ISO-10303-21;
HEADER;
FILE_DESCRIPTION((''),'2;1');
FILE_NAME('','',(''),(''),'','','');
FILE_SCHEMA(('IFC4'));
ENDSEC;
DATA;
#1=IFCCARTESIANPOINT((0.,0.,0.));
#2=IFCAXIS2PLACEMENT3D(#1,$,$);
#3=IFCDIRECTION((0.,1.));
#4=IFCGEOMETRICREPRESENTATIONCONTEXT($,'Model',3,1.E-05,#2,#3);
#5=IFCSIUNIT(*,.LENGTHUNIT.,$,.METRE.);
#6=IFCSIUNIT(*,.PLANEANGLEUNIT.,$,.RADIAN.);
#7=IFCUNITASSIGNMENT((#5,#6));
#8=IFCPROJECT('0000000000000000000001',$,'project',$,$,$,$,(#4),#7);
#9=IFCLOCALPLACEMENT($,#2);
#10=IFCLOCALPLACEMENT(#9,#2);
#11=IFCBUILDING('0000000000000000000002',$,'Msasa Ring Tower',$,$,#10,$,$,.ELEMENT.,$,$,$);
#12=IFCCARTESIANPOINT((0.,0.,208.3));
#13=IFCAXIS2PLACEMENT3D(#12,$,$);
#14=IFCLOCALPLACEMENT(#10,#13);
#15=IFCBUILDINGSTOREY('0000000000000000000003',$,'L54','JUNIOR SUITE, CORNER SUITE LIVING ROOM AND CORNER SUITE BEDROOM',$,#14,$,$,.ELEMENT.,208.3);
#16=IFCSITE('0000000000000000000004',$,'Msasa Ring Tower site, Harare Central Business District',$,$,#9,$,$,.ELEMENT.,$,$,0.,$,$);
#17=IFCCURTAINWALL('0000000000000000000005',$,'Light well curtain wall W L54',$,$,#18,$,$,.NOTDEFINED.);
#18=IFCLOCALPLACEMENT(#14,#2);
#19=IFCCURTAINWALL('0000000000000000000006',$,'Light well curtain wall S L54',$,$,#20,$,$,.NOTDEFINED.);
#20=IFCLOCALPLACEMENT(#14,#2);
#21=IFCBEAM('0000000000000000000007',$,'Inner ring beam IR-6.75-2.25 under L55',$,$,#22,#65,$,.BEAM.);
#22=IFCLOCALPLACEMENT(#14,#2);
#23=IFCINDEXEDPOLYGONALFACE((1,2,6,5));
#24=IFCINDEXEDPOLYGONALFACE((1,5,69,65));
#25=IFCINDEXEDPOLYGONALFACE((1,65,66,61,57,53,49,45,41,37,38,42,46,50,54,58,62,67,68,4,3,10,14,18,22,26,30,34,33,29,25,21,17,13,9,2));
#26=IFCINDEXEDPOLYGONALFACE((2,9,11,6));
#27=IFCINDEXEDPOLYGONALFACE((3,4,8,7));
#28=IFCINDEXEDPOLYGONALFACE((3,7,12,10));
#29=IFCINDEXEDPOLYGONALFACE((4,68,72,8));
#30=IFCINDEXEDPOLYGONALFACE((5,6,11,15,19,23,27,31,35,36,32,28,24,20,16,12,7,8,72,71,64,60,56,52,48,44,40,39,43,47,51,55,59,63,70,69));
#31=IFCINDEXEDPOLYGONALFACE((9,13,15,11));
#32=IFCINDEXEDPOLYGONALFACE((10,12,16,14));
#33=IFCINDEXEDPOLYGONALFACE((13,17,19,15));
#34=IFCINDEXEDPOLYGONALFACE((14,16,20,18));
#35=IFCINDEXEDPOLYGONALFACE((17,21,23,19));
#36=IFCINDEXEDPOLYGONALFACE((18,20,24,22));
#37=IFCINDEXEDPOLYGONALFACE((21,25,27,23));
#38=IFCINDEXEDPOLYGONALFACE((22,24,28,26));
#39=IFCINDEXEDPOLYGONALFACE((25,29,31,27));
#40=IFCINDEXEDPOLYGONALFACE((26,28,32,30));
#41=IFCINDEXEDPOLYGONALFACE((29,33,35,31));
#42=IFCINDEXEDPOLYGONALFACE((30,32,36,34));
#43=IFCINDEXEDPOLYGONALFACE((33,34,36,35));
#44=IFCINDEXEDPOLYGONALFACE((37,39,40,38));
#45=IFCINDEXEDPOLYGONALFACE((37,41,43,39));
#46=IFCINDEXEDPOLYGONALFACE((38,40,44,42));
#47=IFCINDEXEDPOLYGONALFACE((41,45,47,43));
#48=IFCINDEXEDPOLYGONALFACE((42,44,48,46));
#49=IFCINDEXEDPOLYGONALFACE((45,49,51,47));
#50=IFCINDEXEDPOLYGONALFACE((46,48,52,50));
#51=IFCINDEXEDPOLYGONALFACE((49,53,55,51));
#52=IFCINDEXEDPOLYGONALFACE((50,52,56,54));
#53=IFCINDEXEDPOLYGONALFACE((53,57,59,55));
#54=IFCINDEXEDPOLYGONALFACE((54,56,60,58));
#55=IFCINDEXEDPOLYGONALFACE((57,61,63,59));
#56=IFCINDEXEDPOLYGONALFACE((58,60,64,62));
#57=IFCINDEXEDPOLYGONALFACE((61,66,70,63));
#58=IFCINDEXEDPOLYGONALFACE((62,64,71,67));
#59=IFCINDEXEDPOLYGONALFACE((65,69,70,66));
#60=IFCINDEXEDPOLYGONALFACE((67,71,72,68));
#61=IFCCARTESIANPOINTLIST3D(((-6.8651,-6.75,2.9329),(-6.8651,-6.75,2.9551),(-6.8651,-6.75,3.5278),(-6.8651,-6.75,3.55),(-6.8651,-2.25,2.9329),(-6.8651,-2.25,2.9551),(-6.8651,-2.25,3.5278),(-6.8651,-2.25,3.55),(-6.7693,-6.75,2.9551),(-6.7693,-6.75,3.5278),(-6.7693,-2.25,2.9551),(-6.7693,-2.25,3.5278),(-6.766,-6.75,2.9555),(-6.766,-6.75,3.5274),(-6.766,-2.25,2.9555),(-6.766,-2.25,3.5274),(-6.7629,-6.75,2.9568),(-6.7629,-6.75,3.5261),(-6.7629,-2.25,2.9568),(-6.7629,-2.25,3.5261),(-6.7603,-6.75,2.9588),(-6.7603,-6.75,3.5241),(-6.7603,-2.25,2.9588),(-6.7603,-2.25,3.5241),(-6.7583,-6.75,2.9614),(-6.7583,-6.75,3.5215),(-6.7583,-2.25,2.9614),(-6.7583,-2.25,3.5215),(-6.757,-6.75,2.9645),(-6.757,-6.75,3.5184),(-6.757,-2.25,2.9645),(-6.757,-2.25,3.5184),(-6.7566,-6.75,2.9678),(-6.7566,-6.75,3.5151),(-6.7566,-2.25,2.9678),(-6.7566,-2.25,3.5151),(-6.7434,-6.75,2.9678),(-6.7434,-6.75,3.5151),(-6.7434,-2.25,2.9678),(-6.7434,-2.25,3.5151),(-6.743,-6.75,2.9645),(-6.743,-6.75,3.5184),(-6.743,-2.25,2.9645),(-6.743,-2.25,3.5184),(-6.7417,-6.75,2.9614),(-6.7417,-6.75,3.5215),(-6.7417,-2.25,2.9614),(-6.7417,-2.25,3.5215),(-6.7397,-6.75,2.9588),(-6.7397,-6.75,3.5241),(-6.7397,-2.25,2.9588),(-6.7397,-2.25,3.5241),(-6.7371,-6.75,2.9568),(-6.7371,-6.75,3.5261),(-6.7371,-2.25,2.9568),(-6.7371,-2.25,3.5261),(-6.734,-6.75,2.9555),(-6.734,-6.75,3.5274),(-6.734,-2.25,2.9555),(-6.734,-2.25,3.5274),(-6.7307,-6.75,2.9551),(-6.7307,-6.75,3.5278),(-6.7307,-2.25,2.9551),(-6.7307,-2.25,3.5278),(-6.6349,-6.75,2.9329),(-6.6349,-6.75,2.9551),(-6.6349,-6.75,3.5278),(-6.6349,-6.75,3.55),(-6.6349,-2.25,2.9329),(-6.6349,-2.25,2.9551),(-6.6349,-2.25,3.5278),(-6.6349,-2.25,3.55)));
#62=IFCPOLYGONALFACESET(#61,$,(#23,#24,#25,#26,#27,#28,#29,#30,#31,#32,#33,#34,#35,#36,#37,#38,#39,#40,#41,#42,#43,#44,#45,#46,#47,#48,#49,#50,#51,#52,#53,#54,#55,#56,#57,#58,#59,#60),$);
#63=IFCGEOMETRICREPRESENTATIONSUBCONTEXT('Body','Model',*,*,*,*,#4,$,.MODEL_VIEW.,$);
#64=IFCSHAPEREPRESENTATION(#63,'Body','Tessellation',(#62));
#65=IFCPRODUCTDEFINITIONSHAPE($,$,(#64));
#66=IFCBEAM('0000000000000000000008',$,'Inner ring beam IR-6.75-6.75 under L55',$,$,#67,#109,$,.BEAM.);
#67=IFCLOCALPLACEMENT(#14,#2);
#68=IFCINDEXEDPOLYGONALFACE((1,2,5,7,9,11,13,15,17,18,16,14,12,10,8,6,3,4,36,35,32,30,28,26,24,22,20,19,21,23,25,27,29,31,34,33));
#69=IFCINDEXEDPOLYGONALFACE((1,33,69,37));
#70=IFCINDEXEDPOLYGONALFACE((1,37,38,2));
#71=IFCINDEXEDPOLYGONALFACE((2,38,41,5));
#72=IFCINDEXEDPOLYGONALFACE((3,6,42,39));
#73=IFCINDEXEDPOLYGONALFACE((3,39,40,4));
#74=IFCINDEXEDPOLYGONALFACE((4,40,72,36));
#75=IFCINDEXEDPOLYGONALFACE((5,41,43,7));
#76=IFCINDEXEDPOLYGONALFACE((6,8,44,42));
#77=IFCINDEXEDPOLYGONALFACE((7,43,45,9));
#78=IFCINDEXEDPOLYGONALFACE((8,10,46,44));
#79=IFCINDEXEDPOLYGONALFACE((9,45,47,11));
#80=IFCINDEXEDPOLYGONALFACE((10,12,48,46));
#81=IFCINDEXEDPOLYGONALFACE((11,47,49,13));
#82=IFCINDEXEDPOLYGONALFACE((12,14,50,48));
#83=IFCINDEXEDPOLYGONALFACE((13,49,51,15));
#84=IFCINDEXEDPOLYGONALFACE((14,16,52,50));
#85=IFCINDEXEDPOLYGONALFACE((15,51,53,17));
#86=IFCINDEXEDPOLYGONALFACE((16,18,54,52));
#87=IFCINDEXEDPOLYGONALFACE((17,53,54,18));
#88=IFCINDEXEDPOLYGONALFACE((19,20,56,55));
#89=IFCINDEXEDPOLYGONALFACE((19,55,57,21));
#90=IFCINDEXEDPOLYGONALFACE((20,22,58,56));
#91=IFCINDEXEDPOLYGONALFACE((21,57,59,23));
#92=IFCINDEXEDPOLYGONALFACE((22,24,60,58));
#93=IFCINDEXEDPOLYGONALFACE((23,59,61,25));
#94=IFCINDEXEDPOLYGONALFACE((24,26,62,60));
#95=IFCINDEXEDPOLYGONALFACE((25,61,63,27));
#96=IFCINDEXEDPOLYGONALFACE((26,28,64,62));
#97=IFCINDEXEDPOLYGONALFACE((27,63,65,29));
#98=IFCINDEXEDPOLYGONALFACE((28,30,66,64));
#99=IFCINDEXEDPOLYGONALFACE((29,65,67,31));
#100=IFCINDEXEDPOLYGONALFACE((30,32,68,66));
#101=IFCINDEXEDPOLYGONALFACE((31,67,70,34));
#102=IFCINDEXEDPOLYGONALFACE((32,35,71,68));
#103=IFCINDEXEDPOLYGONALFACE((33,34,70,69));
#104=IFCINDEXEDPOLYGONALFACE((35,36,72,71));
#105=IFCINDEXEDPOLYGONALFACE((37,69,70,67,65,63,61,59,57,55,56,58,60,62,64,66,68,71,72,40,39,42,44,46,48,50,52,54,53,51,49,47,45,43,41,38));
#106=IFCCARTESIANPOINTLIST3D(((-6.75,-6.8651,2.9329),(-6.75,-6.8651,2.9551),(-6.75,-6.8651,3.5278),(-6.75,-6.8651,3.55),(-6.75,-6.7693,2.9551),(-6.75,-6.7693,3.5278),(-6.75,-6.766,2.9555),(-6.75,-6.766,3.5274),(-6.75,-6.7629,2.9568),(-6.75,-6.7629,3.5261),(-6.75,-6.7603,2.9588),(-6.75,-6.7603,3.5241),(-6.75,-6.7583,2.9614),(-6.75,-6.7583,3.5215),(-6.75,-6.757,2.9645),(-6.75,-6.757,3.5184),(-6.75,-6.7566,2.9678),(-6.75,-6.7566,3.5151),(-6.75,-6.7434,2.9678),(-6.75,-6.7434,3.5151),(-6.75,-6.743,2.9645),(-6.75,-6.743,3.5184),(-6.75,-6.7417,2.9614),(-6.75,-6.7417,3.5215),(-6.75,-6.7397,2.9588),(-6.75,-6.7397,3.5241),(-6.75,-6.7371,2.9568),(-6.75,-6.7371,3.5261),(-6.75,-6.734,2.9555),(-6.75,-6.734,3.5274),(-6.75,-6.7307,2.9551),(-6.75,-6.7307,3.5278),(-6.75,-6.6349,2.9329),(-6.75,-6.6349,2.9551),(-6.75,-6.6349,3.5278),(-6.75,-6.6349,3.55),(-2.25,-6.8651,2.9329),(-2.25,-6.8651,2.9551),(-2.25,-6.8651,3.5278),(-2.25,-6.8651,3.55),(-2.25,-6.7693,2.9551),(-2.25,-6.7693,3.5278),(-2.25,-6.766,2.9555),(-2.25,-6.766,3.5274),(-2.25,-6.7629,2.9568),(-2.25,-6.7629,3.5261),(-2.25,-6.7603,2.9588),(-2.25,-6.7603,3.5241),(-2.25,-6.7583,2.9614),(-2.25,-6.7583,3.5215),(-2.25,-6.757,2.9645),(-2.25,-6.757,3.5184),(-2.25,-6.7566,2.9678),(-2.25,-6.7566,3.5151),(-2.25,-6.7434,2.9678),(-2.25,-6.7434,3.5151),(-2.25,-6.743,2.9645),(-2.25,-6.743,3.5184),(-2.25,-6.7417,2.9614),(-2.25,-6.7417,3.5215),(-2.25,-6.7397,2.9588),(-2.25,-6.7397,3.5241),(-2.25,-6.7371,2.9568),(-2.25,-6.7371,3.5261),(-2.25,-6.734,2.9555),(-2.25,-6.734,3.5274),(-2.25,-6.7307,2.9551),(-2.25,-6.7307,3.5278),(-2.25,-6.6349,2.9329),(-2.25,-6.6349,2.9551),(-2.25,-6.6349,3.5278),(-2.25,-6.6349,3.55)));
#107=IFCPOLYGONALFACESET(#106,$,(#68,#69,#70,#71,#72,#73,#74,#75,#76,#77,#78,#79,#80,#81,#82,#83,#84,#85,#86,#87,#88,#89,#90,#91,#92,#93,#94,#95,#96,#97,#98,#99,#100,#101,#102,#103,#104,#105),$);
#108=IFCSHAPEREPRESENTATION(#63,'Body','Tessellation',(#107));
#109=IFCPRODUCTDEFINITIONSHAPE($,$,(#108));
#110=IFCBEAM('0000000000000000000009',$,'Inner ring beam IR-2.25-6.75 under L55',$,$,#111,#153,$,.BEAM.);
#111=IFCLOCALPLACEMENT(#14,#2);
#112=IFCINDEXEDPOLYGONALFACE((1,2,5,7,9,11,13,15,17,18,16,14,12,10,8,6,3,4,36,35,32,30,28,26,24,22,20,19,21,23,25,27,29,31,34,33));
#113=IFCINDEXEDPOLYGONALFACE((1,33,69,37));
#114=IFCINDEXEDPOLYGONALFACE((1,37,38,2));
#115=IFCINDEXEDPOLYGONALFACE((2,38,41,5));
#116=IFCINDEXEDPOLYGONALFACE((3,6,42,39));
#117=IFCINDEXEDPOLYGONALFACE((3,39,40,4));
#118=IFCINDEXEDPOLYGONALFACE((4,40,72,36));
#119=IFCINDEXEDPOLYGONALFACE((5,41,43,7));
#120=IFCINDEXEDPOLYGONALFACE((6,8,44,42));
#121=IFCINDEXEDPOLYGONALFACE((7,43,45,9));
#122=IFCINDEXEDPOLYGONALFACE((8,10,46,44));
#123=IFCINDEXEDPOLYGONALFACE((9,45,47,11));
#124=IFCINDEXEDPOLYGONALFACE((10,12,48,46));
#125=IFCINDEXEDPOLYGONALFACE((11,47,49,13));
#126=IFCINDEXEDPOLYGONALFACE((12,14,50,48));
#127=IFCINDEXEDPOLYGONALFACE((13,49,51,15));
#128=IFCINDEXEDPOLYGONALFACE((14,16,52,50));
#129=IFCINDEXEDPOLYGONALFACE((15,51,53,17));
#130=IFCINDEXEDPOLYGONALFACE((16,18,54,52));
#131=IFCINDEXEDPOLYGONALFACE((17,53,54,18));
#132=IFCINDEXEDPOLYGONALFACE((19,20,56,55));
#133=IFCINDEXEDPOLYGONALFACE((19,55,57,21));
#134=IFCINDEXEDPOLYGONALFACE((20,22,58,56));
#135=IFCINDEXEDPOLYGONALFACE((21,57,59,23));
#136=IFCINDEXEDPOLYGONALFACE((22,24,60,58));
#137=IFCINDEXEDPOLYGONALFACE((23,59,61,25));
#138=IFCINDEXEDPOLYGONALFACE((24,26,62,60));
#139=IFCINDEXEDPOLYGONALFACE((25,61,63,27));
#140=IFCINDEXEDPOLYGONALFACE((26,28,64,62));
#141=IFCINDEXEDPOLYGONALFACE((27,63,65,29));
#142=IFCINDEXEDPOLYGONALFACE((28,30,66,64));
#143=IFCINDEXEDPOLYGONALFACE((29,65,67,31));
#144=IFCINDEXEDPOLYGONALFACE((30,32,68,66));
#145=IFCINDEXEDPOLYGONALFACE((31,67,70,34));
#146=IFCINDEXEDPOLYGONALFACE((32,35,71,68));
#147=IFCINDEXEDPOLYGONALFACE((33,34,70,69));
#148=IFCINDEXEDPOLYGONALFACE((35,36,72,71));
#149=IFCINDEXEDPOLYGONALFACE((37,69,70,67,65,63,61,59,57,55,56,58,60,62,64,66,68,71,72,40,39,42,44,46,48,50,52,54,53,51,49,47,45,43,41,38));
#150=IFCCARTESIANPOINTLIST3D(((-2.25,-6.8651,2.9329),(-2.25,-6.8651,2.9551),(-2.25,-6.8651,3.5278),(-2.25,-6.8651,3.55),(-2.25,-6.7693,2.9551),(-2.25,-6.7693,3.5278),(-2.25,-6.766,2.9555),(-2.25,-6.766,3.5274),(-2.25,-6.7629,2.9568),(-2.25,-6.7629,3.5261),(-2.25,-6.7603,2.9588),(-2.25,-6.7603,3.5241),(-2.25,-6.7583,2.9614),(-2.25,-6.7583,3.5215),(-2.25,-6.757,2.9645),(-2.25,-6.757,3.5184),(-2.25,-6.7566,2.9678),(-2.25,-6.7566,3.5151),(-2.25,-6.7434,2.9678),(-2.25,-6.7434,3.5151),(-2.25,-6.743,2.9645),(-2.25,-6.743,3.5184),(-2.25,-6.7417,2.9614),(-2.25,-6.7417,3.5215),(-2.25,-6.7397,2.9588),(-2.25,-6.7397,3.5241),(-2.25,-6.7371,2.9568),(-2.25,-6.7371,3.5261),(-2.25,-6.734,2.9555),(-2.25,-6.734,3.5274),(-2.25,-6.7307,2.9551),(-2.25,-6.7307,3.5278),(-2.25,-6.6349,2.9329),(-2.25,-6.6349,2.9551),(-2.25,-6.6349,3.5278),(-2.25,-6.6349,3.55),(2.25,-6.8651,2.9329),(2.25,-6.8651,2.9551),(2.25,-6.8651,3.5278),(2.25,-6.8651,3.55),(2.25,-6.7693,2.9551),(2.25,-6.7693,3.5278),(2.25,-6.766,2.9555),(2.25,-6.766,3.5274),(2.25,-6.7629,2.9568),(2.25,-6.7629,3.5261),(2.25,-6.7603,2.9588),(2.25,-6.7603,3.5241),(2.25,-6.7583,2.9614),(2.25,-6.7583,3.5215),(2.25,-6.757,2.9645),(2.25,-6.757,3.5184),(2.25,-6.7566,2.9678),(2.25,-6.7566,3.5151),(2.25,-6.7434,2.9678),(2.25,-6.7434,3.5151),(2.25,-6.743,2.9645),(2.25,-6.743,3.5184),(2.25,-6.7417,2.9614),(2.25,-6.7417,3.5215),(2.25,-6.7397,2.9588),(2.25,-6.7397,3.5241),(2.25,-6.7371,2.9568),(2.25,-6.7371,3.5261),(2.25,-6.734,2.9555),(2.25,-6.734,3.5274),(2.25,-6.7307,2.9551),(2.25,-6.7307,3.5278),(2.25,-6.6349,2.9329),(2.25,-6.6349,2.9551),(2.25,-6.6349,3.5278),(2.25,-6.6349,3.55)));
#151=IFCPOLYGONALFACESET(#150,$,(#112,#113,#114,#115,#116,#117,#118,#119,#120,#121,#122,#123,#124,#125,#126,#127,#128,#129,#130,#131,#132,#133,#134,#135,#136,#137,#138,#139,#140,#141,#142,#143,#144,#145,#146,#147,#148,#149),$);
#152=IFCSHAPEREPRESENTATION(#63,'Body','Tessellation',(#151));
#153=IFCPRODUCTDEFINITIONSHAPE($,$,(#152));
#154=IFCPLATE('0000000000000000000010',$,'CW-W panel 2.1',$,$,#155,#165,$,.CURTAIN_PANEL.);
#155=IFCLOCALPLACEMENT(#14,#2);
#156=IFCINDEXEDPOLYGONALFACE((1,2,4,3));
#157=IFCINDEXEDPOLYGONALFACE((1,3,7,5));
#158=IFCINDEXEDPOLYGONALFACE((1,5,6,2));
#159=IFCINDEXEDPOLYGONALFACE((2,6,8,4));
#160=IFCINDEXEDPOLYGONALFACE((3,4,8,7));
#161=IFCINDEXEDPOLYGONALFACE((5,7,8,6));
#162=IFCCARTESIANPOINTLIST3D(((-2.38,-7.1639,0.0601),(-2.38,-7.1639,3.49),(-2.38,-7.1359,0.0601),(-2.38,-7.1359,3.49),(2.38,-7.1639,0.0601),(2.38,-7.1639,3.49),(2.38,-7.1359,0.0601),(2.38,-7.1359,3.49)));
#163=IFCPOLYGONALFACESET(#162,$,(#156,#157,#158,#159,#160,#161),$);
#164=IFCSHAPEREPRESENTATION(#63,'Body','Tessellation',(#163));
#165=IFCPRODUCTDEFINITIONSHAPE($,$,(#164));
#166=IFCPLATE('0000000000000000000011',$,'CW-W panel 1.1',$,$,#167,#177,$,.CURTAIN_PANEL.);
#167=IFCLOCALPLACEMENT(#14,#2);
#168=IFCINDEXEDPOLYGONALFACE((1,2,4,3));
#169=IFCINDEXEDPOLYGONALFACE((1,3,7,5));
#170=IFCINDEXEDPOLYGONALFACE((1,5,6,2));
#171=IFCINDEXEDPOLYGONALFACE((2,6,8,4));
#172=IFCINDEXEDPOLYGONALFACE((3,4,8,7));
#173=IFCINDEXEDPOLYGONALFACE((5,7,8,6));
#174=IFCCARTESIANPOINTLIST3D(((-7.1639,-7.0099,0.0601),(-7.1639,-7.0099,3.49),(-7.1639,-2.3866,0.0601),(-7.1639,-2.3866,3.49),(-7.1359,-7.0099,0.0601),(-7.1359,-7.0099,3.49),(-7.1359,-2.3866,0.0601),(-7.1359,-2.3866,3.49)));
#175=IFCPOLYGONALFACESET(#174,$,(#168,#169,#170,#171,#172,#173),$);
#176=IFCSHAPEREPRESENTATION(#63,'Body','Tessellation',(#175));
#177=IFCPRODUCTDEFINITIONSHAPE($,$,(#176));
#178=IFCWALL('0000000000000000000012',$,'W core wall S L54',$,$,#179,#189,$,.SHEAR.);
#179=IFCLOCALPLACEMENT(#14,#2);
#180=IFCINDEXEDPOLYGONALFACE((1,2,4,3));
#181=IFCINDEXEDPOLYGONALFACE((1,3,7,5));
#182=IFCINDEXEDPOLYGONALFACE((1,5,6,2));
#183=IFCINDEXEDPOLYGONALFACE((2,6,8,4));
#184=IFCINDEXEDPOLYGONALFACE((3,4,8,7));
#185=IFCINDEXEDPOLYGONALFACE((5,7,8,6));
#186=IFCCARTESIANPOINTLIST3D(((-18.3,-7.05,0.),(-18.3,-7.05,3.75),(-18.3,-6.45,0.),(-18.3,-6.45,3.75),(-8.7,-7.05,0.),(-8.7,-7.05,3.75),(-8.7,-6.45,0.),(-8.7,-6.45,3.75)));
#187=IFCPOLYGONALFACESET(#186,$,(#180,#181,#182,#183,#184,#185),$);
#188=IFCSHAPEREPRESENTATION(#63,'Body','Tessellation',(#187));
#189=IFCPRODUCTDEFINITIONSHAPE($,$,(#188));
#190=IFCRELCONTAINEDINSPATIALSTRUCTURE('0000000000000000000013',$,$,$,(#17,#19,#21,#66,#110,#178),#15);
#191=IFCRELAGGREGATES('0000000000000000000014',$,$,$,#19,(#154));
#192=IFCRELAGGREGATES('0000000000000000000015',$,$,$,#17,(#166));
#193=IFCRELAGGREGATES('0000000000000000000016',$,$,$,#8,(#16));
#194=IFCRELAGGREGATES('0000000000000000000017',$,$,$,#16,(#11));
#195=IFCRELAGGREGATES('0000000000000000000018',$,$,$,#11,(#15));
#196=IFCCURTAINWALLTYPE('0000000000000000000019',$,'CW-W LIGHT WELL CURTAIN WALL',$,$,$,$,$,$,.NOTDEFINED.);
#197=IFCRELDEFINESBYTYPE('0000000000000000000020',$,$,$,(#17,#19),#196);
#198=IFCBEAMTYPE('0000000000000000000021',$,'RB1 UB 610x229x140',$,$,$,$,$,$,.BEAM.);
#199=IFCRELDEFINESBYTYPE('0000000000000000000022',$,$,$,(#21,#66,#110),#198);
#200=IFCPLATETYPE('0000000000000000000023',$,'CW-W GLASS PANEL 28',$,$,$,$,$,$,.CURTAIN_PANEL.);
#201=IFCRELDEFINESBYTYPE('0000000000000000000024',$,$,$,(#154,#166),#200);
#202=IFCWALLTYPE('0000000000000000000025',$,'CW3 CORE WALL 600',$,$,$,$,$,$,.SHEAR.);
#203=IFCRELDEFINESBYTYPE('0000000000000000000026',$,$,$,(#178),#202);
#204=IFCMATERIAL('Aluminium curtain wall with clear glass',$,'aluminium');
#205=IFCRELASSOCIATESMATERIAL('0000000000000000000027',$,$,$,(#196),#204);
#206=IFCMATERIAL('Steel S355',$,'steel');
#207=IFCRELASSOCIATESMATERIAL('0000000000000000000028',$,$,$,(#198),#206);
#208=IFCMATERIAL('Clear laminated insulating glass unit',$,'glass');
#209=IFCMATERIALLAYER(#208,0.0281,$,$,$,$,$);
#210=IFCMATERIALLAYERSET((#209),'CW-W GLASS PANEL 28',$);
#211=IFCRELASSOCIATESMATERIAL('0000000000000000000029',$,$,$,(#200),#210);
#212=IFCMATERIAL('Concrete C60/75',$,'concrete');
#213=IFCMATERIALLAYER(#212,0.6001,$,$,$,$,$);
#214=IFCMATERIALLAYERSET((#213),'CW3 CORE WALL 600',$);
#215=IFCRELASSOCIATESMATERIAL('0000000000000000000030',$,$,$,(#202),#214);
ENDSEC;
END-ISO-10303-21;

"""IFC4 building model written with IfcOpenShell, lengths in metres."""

from ifc_helpers import new_model, si_unit, direction, frame, frame_2d, origin, origin_2d, place, context, subcontext, project, spatial, rectangle, i_section, extrude, material, layer, layer_set, material_profile, profile_set, type_object, element, aggregate, save


model = new_model("IFC4")

# Units and contexts
model_context = context("Model", 3, precision=1e-05, world=origin(), true_north=direction((0.0, 1.0)))
body_context = subcontext(model_context, "Body", "Model", "MODEL_VIEW")
ifc_project = project(units=[si_unit("LENGTHUNIT", "METRE"), si_unit("PLANEANGLEUNIT", "RADIAN")], contexts=[model_context])

# Site, building, storey
site_placement = place(None, origin())
site = spatial("IfcSite", under=ifc_project, at=site_placement, Name="Msasa Ring Tower site, Harare Central Business District", CompositionType="ELEMENT", RefElevation=0.0)
building_placement = place(site_placement, origin())
building = spatial("IfcBuilding", under=site, at=building_placement, Name="Msasa Ring Tower", CompositionType="ELEMENT")
storey_placement = place(building_placement, frame((0.0, 0.0, 208.3)))
storey = spatial("IfcBuildingStorey", under=building, at=storey_placement, Name="L54", Description="JUNIOR SUITE, CORNER SUITE LIVING ROOM AND CORNER SUITE BEDROOM", CompositionType="ELEMENT", Elevation=208.3)

# Curtain walls
ifc_material_1 = material(Name="Aluminium curtain wall with clear glass", Category="aluminium")
curtain_wall_type = type_object("IfcCurtainWallType", Name="CW-W LIGHT WELL CURTAIN WALL", PredefinedType="NOTDEFINED", material=ifc_material_1)
curtain_wall_1_placement = place(storey_placement, origin())
curtain_wall_1 = element("IfcCurtainWall", 1, at=curtain_wall_1_placement, inside=storey, type_object=curtain_wall_type, Name="Light well curtain wall W L54", PredefinedType="NOTDEFINED")
curtain_wall_2_placement = place(storey_placement, origin())
curtain_wall_2 = element("IfcCurtainWall", 2, at=curtain_wall_2_placement, inside=storey, type_object=curtain_wall_type, Name="Light well curtain wall S L54", PredefinedType="NOTDEFINED")

# Beams
ifc_material_2 = material(Name="Steel S355", Category="steel")
ifc_material_profile_1 = material_profile(ifc_material_2, i_section(OverallWidth=0.2302, OverallDepth=0.6172, WebThickness=0.0132, FlangeThickness=0.0222, FilletRadius=0.0127, at=origin_2d()), Name="UB 610x229x140")
ifc_profile_set_1 = profile_set([ifc_material_profile_1], Name="Steel S355")
beam_type = type_object("IfcBeamType", Name="RB1 UB 610x229x140", PredefinedType="BEAM", material=ifc_profile_set_1)
for number, where, z_axis, x_axis, name in (
    (3, (-6.75, -2.25, 3.2415), (0.0, -1.0, 0.0), (1.0, 0.0, 0.0), "Inner ring beam IR-6.75-2.25 under L55"),
    (4, (-6.75, -6.75, 3.2415), (1.0, 0.0, 0.0), (0.0, 1.0, 0.0), "Inner ring beam IR-6.75-6.75 under L55"),
    (5, (-2.25, -6.75, 3.2415), (1.0, 0.0, 0.0), (0.0, 1.0, 0.0), "Inner ring beam IR-2.25-6.75 under L55"),
):
    element("IfcBeam", number, at=place(storey_placement, frame(where, z_axis=z_axis, x_axis=x_axis)), inside=storey, type_object=beam_type, Name=name, PredefinedType="BEAM", context=body_context, shape_type="SweptSolid", body=[
        extrude(i_section(OverallWidth=0.2302, OverallDepth=0.6172, WebThickness=0.0132, FlangeThickness=0.0222, FilletRadius=0.0127, at=origin_2d()), origin(), (0.0, 0.0, 1.0), 4.5),
    ])

# Plates
ifc_material_3 = material(Name="Clear laminated insulating glass unit", Category="glass")
ifc_layer_1 = layer(ifc_material_3, 0.0281)
ifc_layer_set_1 = layer_set([ifc_layer_1], Name="CW-W GLASS PANEL 28")
plate_type = type_object("IfcPlateType", Name="CW-W GLASS PANEL 28", PredefinedType="CURTAIN_PANEL", material=ifc_layer_set_1)
plate_1_placement = place(storey_placement, frame((0.0, -7.1499, 0.0601), z_axis=(0.0, 0.0, 1.0), x_axis=(1.0, 0.0, 0.0)))
plate_1 = element("IfcPlate", 6, at=plate_1_placement, type_object=plate_type, Name="CW-W panel 2.1", PredefinedType="CURTAIN_PANEL", context=body_context, shape_type="SweptSolid", body=[
    extrude(rectangle(XDim=4.76, YDim=0.0281, at=origin_2d()), origin(), (0.0, 0.0, 1.0), 3.4299),
])
aggregate(curtain_wall_2, [plate_1])
plate_2_placement = place(storey_placement, frame((-7.1499, -4.6982, 0.0601), z_axis=(0.0, 0.0, 1.0), x_axis=(0.0, 1.0, 0.0)))
plate_2 = element("IfcPlate", 7, at=plate_2_placement, type_object=plate_type, Name="CW-W panel 1.1", PredefinedType="CURTAIN_PANEL", context=body_context, shape_type="SweptSolid", body=[
    extrude(rectangle(XDim=4.6233, YDim=0.0281, at=origin_2d()), origin(), (0.0, 0.0, 1.0), 3.4299),
])
aggregate(curtain_wall_1, [plate_2])

# Wall
ifc_material_4 = material(Name="Concrete C60/75", Category="concrete")
ifc_layer_2 = layer(ifc_material_4, 0.6001)
ifc_layer_set_2 = layer_set([ifc_layer_2], Name="CW3 CORE WALL 600")
wall_type_1 = type_object("IfcWallType", Name="CW3 CORE WALL 600", PredefinedType="SHEAR", material=ifc_layer_set_2)
wall_1_placement = place(storey_placement, frame((-8.7, -6.75, 0.0), z_axis=(0.0, 0.0, 1.0), x_axis=(-1.0, 0.0, 0.0)))
element("IfcWall", 8, at=wall_1_placement, inside=storey, type_object=wall_type_1, Name="W core wall S L54", PredefinedType="SHEAR", context=body_context, shape_type="SweptSolid", body=[
    extrude(rectangle(XDim=9.6001, YDim=0.6001, at=frame_2d((4.8, 0.0))), origin(), (0.0, 0.0, 1.0), 3.75),
])

save(model, "model.ifc")
